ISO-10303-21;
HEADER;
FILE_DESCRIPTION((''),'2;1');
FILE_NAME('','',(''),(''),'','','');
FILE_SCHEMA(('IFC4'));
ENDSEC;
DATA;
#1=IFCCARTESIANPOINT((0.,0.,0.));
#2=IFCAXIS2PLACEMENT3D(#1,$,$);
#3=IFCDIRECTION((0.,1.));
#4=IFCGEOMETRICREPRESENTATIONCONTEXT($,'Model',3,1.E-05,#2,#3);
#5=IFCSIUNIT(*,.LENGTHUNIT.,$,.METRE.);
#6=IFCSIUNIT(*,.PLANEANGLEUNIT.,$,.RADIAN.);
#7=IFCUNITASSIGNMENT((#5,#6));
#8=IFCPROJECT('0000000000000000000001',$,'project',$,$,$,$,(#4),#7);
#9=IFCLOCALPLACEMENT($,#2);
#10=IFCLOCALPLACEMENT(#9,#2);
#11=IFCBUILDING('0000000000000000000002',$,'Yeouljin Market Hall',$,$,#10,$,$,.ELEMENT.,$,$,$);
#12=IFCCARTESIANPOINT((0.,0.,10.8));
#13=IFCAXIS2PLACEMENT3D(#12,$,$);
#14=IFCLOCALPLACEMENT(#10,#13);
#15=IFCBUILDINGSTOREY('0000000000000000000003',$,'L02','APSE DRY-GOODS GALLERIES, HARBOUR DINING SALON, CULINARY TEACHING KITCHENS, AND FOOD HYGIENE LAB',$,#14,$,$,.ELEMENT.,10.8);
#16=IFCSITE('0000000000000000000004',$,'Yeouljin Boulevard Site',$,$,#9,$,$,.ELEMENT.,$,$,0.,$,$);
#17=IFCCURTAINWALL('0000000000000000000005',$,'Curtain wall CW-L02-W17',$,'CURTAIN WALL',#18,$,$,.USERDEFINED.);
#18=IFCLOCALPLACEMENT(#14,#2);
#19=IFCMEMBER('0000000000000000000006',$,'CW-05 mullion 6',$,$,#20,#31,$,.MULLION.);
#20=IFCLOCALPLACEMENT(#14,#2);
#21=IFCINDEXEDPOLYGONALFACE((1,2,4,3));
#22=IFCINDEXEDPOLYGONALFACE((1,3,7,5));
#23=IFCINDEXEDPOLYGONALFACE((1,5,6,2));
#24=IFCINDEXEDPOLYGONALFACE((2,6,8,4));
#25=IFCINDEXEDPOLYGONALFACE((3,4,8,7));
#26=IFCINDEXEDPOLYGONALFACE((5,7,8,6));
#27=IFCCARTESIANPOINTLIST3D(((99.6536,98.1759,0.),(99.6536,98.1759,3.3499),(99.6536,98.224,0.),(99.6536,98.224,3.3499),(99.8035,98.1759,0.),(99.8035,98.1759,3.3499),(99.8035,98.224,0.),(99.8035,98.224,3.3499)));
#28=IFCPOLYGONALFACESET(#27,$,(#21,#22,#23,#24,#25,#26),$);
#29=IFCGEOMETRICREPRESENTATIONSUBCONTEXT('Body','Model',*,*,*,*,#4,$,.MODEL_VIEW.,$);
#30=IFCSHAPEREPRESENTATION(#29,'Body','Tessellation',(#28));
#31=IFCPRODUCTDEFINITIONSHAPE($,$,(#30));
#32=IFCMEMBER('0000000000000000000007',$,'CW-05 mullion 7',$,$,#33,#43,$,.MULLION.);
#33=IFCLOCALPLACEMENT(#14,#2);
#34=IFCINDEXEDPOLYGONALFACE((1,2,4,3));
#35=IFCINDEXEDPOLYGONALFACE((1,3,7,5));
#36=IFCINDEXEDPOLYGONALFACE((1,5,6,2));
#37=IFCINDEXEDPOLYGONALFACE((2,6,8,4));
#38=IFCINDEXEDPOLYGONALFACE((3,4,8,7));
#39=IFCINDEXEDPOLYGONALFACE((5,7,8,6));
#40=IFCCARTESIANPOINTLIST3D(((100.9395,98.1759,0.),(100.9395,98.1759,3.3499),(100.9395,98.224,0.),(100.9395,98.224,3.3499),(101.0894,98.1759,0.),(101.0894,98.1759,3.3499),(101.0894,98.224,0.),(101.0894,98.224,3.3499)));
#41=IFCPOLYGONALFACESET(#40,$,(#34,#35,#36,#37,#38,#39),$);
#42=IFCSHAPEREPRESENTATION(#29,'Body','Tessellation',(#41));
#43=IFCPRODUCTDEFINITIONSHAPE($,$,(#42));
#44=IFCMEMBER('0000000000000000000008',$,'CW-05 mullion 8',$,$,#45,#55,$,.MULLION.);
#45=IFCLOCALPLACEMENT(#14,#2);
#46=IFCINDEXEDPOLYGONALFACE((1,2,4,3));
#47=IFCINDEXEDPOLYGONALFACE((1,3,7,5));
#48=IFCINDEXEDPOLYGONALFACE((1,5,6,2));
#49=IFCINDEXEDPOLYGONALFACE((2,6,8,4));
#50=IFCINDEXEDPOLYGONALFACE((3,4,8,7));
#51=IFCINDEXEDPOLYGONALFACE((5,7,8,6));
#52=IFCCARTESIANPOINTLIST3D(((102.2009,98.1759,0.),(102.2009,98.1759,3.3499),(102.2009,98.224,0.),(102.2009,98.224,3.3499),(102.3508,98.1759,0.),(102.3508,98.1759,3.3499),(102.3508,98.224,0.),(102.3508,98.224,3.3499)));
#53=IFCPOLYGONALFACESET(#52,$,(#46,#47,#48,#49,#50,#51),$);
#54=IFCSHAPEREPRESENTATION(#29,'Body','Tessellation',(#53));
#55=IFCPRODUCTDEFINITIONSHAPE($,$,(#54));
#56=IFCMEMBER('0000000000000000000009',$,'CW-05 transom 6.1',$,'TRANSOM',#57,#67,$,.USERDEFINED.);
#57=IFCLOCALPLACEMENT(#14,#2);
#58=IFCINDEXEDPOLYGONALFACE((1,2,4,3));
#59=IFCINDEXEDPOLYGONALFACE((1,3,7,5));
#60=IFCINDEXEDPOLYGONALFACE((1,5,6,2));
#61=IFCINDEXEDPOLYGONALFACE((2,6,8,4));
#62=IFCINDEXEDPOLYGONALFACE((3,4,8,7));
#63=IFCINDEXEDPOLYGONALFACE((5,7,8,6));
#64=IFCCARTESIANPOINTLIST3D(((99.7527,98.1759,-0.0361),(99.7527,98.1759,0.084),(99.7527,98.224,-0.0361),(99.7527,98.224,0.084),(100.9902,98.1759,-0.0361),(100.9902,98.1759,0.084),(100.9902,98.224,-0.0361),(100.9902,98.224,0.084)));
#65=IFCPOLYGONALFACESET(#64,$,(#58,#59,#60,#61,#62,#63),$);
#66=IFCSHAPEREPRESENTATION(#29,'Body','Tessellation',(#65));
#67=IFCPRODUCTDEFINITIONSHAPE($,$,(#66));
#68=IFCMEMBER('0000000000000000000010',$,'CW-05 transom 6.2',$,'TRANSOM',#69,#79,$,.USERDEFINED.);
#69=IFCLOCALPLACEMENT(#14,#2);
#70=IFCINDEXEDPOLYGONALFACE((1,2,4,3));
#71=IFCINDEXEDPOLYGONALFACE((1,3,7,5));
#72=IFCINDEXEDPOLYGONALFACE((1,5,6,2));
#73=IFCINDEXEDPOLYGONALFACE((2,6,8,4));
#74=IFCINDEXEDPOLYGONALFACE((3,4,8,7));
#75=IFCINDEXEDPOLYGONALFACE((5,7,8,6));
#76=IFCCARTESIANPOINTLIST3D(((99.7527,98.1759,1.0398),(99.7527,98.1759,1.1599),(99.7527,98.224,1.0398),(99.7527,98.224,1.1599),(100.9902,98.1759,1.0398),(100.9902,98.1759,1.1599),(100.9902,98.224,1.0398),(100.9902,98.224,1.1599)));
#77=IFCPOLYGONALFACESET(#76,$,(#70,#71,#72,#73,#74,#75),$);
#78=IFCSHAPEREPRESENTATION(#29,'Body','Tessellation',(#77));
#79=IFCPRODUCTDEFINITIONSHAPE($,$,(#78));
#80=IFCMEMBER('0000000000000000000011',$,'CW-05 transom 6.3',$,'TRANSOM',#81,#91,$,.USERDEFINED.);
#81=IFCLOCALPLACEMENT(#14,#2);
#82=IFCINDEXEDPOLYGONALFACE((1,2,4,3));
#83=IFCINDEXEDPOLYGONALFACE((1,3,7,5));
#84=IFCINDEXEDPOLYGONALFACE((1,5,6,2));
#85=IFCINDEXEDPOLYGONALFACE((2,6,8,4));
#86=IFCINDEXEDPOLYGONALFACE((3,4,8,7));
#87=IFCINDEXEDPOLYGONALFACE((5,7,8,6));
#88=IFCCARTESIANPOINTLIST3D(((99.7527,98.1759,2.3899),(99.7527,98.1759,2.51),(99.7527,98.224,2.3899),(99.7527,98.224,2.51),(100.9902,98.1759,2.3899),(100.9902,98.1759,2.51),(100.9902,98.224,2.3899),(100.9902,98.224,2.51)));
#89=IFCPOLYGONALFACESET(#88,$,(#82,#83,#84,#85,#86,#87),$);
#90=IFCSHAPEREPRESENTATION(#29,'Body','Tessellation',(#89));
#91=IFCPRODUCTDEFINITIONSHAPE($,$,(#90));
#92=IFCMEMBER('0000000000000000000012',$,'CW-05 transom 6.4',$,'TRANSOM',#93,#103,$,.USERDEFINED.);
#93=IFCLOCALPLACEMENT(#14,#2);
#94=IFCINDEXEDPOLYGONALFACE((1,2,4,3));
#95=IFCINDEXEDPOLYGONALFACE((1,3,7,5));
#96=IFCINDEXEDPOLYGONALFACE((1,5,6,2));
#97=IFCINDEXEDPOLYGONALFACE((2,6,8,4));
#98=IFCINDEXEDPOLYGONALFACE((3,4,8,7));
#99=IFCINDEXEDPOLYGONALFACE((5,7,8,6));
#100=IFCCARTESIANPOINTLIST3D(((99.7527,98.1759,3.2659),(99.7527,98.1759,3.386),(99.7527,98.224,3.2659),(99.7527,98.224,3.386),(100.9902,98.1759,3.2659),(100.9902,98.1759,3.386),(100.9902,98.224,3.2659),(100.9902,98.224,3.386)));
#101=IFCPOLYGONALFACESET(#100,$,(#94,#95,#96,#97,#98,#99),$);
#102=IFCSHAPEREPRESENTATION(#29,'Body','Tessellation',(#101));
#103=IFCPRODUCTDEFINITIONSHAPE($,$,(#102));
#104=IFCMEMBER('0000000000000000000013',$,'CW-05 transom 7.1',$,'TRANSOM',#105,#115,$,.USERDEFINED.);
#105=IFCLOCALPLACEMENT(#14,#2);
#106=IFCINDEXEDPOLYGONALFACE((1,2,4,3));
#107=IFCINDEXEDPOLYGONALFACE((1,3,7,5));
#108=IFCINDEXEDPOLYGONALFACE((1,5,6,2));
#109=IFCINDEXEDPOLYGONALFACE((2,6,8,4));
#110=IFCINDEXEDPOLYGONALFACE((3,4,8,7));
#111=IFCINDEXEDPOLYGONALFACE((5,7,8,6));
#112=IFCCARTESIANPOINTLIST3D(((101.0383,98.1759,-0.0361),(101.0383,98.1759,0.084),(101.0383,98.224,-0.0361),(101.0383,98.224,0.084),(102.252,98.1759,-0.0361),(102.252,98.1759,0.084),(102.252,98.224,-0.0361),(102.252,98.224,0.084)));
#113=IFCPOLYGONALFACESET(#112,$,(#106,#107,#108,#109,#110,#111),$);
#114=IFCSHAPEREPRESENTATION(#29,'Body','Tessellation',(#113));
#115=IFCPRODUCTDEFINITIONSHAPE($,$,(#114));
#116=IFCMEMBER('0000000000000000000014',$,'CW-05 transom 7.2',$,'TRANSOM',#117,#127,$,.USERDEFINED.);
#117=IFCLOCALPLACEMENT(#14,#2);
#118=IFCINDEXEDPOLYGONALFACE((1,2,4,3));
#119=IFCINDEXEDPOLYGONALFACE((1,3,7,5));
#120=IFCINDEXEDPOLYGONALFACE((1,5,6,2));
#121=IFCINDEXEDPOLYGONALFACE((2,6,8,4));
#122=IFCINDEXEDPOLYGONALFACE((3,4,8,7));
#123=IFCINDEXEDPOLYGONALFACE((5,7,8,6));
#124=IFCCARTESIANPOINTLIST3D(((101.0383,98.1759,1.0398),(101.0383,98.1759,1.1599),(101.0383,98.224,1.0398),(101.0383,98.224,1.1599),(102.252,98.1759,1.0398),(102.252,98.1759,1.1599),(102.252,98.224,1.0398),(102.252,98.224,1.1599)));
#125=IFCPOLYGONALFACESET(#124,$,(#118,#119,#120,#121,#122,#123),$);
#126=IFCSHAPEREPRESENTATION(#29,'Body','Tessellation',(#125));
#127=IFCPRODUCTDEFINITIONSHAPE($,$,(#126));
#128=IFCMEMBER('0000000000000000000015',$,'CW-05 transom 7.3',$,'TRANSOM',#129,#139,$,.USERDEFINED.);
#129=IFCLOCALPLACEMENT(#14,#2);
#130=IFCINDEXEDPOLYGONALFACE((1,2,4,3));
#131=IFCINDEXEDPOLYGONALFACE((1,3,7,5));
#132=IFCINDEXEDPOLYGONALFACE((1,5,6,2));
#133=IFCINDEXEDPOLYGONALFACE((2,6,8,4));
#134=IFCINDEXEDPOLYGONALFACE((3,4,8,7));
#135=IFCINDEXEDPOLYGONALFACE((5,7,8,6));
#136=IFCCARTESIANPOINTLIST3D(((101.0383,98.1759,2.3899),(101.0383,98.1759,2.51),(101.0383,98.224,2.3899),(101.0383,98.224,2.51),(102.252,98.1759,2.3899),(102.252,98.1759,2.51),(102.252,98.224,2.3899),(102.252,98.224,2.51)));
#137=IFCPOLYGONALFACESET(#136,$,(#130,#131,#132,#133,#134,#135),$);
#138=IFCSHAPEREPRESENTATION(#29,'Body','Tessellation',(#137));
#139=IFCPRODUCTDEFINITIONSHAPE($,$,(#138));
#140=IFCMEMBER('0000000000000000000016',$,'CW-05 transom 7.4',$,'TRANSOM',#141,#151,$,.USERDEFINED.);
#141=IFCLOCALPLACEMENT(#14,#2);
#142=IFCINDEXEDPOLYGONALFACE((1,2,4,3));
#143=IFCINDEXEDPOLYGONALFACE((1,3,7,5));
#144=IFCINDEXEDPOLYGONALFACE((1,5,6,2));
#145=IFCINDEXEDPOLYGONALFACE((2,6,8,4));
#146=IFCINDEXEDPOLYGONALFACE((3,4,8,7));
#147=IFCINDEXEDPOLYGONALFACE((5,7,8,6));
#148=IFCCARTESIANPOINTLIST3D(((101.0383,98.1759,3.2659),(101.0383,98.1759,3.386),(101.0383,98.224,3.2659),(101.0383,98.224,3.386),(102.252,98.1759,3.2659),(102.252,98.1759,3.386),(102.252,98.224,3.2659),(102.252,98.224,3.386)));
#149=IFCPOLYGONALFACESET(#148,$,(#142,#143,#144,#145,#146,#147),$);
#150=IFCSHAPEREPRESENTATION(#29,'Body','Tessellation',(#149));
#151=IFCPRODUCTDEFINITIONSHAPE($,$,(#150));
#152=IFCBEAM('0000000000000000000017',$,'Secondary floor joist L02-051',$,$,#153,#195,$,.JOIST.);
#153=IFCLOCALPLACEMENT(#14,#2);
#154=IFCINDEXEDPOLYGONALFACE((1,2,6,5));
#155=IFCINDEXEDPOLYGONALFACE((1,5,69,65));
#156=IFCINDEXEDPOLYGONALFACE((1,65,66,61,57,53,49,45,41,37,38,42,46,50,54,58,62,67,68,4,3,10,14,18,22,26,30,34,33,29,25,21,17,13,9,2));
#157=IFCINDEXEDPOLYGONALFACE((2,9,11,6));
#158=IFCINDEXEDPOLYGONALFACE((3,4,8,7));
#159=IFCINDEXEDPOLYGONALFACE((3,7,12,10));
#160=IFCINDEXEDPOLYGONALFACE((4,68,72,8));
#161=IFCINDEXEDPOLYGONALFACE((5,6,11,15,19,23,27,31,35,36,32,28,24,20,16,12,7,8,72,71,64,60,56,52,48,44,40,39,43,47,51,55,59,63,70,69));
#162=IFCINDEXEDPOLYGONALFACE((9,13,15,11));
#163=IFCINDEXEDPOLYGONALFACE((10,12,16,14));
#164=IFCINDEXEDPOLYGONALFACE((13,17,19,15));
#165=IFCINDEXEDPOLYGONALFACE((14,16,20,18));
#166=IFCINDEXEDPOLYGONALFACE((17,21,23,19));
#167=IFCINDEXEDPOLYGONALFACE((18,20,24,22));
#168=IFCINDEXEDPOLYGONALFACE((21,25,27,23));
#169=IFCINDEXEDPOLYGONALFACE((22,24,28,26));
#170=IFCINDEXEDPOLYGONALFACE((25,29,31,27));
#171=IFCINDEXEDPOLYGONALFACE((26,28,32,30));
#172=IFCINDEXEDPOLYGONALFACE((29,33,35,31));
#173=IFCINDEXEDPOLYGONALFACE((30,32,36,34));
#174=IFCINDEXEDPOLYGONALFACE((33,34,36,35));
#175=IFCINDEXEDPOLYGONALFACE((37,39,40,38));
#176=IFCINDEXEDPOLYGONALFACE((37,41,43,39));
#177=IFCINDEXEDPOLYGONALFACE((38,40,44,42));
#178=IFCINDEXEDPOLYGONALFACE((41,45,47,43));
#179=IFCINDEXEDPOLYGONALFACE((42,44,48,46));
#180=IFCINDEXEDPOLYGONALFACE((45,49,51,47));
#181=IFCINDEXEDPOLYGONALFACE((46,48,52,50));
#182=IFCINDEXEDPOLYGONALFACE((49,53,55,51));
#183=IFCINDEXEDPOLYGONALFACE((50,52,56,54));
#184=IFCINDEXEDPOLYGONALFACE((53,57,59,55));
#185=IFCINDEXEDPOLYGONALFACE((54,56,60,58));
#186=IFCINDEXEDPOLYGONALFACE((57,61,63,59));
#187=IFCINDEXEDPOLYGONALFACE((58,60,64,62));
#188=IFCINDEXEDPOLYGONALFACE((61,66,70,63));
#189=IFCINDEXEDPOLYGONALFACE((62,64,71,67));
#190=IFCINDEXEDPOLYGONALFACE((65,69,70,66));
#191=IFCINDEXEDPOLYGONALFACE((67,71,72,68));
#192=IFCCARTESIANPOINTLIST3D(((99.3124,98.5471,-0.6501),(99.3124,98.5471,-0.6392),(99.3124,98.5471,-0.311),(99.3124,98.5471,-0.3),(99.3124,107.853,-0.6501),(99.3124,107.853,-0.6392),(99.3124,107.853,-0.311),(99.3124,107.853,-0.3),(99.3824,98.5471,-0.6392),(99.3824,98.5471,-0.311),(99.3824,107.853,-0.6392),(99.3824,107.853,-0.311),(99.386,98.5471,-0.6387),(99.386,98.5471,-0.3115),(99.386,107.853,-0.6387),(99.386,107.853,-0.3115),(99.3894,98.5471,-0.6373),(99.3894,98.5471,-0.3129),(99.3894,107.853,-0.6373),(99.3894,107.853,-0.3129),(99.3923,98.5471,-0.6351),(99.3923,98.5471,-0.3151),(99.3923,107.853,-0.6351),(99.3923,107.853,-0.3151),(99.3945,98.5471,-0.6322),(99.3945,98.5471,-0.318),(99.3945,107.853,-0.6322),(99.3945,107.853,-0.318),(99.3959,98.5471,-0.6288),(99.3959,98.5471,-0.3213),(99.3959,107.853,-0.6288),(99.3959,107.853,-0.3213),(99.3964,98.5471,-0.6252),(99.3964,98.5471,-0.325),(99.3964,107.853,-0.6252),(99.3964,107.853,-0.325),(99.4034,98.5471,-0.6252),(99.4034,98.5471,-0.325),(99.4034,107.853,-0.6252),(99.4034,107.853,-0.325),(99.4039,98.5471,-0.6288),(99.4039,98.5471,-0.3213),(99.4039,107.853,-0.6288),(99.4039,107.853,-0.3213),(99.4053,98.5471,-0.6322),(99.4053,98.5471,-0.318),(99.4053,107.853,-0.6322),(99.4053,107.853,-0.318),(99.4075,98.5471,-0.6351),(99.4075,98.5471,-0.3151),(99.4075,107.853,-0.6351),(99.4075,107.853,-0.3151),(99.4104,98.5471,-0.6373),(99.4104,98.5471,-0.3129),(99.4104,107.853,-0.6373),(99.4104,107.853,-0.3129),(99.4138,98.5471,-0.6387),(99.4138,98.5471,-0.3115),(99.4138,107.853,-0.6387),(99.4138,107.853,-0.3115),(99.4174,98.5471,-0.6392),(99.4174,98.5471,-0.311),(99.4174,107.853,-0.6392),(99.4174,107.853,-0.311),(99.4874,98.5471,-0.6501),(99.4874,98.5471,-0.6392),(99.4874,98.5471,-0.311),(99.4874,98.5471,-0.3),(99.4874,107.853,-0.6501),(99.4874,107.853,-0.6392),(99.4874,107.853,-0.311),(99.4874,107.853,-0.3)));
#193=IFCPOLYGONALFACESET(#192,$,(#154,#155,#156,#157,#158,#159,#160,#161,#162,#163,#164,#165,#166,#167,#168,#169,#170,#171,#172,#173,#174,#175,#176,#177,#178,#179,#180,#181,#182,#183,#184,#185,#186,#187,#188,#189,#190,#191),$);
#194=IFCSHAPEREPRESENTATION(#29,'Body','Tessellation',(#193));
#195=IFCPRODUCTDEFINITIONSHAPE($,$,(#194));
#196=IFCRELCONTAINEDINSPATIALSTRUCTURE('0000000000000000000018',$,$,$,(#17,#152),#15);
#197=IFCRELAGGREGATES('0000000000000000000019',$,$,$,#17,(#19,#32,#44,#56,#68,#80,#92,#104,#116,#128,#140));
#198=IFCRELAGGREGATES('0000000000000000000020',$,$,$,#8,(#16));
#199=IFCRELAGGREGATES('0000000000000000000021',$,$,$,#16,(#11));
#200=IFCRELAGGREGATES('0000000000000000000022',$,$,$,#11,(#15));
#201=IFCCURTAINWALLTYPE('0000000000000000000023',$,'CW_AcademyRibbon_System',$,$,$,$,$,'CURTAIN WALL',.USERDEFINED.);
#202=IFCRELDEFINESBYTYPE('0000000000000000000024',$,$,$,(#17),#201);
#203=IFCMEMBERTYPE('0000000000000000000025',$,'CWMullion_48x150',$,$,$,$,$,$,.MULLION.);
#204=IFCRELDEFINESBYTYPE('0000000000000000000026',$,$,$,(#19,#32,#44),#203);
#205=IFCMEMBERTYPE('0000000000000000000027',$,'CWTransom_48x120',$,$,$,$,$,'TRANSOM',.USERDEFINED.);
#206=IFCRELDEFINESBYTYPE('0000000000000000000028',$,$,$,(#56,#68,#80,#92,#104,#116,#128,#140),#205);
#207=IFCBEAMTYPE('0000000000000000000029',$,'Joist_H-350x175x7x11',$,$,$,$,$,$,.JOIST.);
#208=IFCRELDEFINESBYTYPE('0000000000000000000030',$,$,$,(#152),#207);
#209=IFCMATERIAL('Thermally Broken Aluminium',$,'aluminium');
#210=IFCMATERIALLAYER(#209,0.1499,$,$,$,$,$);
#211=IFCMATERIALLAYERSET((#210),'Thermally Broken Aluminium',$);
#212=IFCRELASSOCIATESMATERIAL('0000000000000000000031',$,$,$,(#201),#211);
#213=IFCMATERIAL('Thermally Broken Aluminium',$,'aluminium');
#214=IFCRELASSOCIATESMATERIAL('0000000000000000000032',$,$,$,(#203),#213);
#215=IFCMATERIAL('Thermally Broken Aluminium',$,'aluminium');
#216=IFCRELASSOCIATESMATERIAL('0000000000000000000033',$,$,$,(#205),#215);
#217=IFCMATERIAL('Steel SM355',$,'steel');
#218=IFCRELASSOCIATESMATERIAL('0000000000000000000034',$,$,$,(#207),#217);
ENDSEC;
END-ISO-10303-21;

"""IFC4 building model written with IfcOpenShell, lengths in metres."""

from ifc_helpers import new_model, si_unit, direction, frame, origin, origin_2d, place, context, subcontext, project, spatial, rectangle, i_section, extrude, material, layer, layer_set, material_profile, profile_set, type_object, element, aggregate, save


model = new_model("IFC4")

# Units and contexts
model_context = context("Model", 3, precision=1e-05, world=origin(), true_north=direction((0.0, 1.0)))
body_context = subcontext(model_context, "Body", "Model", "MODEL_VIEW")
ifc_project = project(units=[si_unit("LENGTHUNIT", "METRE"), si_unit("PLANEANGLEUNIT", "RADIAN")], contexts=[model_context])

# Site, building, storey
site_placement = place(None, origin())
site = spatial("IfcSite", under=ifc_project, at=site_placement, Name="Yeouljin Boulevard Site", CompositionType="ELEMENT", RefElevation=0.0)
building_placement = place(site_placement, origin())
building = spatial("IfcBuilding", under=site, at=building_placement, Name="Yeouljin Market Hall", CompositionType="ELEMENT")
storey_placement = place(building_placement, frame((0.0, 0.0, 10.8)))
storey = spatial("IfcBuildingStorey", under=building, at=storey_placement, Name="L02", Description="APSE DRY-GOODS GALLERIES, HARBOUR DINING SALON, CULINARY TEACHING KITCHENS, AND FOOD HYGIENE LAB", CompositionType="ELEMENT", Elevation=10.8)

# Curtain wall, members
ifc_material_1 = material(Name="Thermally Broken Aluminium", Category="aluminium")
ifc_layer_1 = layer(ifc_material_1, 0.1499)
ifc_layer_set_1 = layer_set([ifc_layer_1], Name="Thermally Broken Aluminium")
curtain_wall_type = type_object("IfcCurtainWallType", Name="CW_AcademyRibbon_System", ElementType="CURTAIN WALL", PredefinedType="USERDEFINED", material=ifc_layer_set_1)
curtain_wall_placement = place(storey_placement, origin())
curtain_wall = element("IfcCurtainWall", 1, at=curtain_wall_placement, inside=storey, type_object=curtain_wall_type, Name="Curtain wall CW-L02-W17", ObjectType="CURTAIN WALL", PredefinedType="USERDEFINED")
ifc_material_2 = material(Name="Thermally Broken Aluminium", Category="aluminium")
ifc_material_profile_1 = material_profile(ifc_material_2, rectangle(XDim=0.0481, YDim=0.1499, at=origin_2d()), Name="CW-MULL-48x150")
ifc_profile_set_1 = profile_set([ifc_material_profile_1], Name="Thermally Broken Aluminium")
member_type_1 = type_object("IfcMemberType", Name="CWMullion_48x150", PredefinedType="MULLION", material=ifc_profile_set_1)
member_1_placement = place(storey_placement, frame((99.7285, 98.2, 0.0), z_axis=(0.0, 0.0, 1.0), x_axis=(0.0, 1.0, 0.0)))
member_1 = element("IfcMember", 2, at=member_1_placement, type_object=member_type_1, Name="CW-05 mullion 6", PredefinedType="MULLION", context=body_context, shape_type="SweptSolid", body=[
    extrude(rectangle(XDim=0.0481, YDim=0.1499, at=origin_2d()), origin(), (0.0, 0.0, 1.0), 3.3499),
])
member_2_placement = place(storey_placement, frame((101.0144, 98.2, 0.0), z_axis=(0.0, 0.0, 1.0), x_axis=(0.0, 1.0, 0.0)))
member_2 = element("IfcMember", 3, at=member_2_placement, type_object=member_type_1, Name="CW-05 mullion 7", PredefinedType="MULLION", context=body_context, shape_type="SweptSolid", body=[
    extrude(rectangle(XDim=0.0481, YDim=0.1499, at=origin_2d()), origin(), (0.0, 0.0, 1.0), 3.3499),
])
member_3_placement = place(storey_placement, frame((102.2759, 98.2, 0.0), z_axis=(0.0, 0.0, 1.0), x_axis=(0.0, 1.0, 0.0)))
member_3 = element("IfcMember", 4, at=member_3_placement, type_object=member_type_1, Name="CW-05 mullion 8", PredefinedType="MULLION", context=body_context, shape_type="SweptSolid", body=[
    extrude(rectangle(XDim=0.0481, YDim=0.1499, at=origin_2d()), origin(), (0.0, 0.0, 1.0), 3.3499),
])
ifc_material_3 = material(Name="Thermally Broken Aluminium", Category="aluminium")
ifc_material_profile_2 = material_profile(ifc_material_3, rectangle(XDim=0.0481, YDim=0.1201, at=origin_2d()), Name="CW-TRAN-48x120")
ifc_profile_set_2 = profile_set([ifc_material_profile_2], Name="Thermally Broken Aluminium")
member_type_2 = type_object("IfcMemberType", Name="CWTransom_48x120", ElementType="TRANSOM", PredefinedType="USERDEFINED", material=ifc_profile_set_2)
member_4_placement = place(storey_placement, frame((99.7527, 98.2, 0.0239), z_axis=(1.0, 0.0, 0.0), x_axis=(0.0, 1.0, 0.0)))
member_4 = element("IfcMember", 5, at=member_4_placement, type_object=member_type_2, Name="CW-05 transom 6.1", ObjectType="TRANSOM", PredefinedType="USERDEFINED", context=body_context, shape_type="SweptSolid", body=[
    extrude(rectangle(XDim=0.0481, YDim=0.1201, at=origin_2d()), origin(), (0.0, 0.0, 1.0), 1.2375),
])
member_5_placement = place(storey_placement, frame((99.7527, 98.2, 1.0999), z_axis=(1.0, 0.0, 0.0), x_axis=(0.0, 1.0, 0.0)))
member_5 = element("IfcMember", 6, at=member_5_placement, type_object=member_type_2, Name="CW-05 transom 6.2", ObjectType="TRANSOM", PredefinedType="USERDEFINED", context=body_context, shape_type="SweptSolid", body=[
    extrude(rectangle(XDim=0.0481, YDim=0.1201, at=origin_2d()), origin(), (0.0, 0.0, 1.0), 1.2375),
])
member_6_placement = place(storey_placement, frame((99.7527, 98.2, 2.45), z_axis=(1.0, 0.0, 0.0), x_axis=(0.0, 1.0, 0.0)))
member_6 = element("IfcMember", 7, at=member_6_placement, type_object=member_type_2, Name="CW-05 transom 6.3", ObjectType="TRANSOM", PredefinedType="USERDEFINED", context=body_context, shape_type="SweptSolid", body=[
    extrude(rectangle(XDim=0.0481, YDim=0.1201, at=origin_2d()), origin(), (0.0, 0.0, 1.0), 1.2375),
])
member_7_placement = place(storey_placement, frame((99.7527, 98.2, 3.3259), z_axis=(1.0, 0.0, 0.0), x_axis=(0.0, 1.0, 0.0)))
member_7 = element("IfcMember", 8, at=member_7_placement, type_object=member_type_2, Name="CW-05 transom 6.4", ObjectType="TRANSOM", PredefinedType="USERDEFINED", context=body_context, shape_type="SweptSolid", body=[
    extrude(rectangle(XDim=0.0481, YDim=0.1201, at=origin_2d()), origin(), (0.0, 0.0, 1.0), 1.2375),
])
member_8_placement = place(storey_placement, frame((101.0383, 98.2, 0.0239), z_axis=(1.0, 0.0, 0.0), x_axis=(0.0, 1.0, 0.0)))
member_8 = element("IfcMember", 9, at=member_8_placement, type_object=member_type_2, Name="CW-05 transom 7.1", ObjectType="TRANSOM", PredefinedType="USERDEFINED", context=body_context, shape_type="SweptSolid", body=[
    extrude(rectangle(XDim=0.0481, YDim=0.1201, at=origin_2d()), origin(), (0.0, 0.0, 1.0), 1.2136),
])
member_9_placement = place(storey_placement, frame((101.0383, 98.2, 1.0999), z_axis=(1.0, 0.0, 0.0), x_axis=(0.0, 1.0, 0.0)))
member_9 = element("IfcMember", 10, at=member_9_placement, type_object=member_type_2, Name="CW-05 transom 7.2", ObjectType="TRANSOM", PredefinedType="USERDEFINED", context=body_context, shape_type="SweptSolid", body=[
    extrude(rectangle(XDim=0.0481, YDim=0.1201, at=origin_2d()), origin(), (0.0, 0.0, 1.0), 1.2136),
])
member_10_placement = place(storey_placement, frame((101.0383, 98.2, 2.45), z_axis=(1.0, 0.0, 0.0), x_axis=(0.0, 1.0, 0.0)))
member_10 = element("IfcMember", 11, at=member_10_placement, type_object=member_type_2, Name="CW-05 transom 7.3", ObjectType="TRANSOM", PredefinedType="USERDEFINED", context=body_context, shape_type="SweptSolid", body=[
    extrude(rectangle(XDim=0.0481, YDim=0.1201, at=origin_2d()), origin(), (0.0, 0.0, 1.0), 1.2136),
])
member_11_placement = place(storey_placement, frame((101.0383, 98.2, 3.3259), z_axis=(1.0, 0.0, 0.0), x_axis=(0.0, 1.0, 0.0)))
member_11 = element("IfcMember", 12, at=member_11_placement, type_object=member_type_2, Name="CW-05 transom 7.4", ObjectType="TRANSOM", PredefinedType="USERDEFINED", context=body_context, shape_type="SweptSolid", body=[
    extrude(rectangle(XDim=0.0481, YDim=0.1201, at=origin_2d()), origin(), (0.0, 0.0, 1.0), 1.2136),
])

# Beam
ifc_material_4 = material(Name="Steel SM355", Category="steel")
ifc_material_profile_3 = material_profile(ifc_material_4, i_section(OverallWidth=0.175, OverallDepth=0.3501, WebThickness=0.0071, FlangeThickness=0.011, FilletRadius=0.0139, at=origin_2d()), Name="H-350x175x7x11")
ifc_profile_set_3 = profile_set([ifc_material_profile_3], Name="Steel SM355")
beam_type = type_object("IfcBeamType", Name="Joist_H-350x175x7x11", PredefinedType="JOIST", material=ifc_profile_set_3)
beam_placement = place(storey_placement, frame((99.3999, 98.5471, -0.4751), z_axis=(0.0, 1.0, 0.0), x_axis=(-1.0, 0.0, 0.0)))
element("IfcBeam", 13, at=beam_placement, inside=storey, type_object=beam_type, Name="Secondary floor joist L02-051", PredefinedType="JOIST", context=body_context, shape_type="SweptSolid", body=[
    extrude(i_section(OverallWidth=0.175, OverallDepth=0.3501, WebThickness=0.0071, FlangeThickness=0.011, FilletRadius=0.0139, at=origin_2d()), origin(), (0.0, 0.0, 1.0), 9.3059),
])

aggregate(curtain_wall, [member_1, member_2, member_3, member_4, member_5, member_6, member_7, member_8, member_9, member_10, member_11])

save(model, "model.ifc")
